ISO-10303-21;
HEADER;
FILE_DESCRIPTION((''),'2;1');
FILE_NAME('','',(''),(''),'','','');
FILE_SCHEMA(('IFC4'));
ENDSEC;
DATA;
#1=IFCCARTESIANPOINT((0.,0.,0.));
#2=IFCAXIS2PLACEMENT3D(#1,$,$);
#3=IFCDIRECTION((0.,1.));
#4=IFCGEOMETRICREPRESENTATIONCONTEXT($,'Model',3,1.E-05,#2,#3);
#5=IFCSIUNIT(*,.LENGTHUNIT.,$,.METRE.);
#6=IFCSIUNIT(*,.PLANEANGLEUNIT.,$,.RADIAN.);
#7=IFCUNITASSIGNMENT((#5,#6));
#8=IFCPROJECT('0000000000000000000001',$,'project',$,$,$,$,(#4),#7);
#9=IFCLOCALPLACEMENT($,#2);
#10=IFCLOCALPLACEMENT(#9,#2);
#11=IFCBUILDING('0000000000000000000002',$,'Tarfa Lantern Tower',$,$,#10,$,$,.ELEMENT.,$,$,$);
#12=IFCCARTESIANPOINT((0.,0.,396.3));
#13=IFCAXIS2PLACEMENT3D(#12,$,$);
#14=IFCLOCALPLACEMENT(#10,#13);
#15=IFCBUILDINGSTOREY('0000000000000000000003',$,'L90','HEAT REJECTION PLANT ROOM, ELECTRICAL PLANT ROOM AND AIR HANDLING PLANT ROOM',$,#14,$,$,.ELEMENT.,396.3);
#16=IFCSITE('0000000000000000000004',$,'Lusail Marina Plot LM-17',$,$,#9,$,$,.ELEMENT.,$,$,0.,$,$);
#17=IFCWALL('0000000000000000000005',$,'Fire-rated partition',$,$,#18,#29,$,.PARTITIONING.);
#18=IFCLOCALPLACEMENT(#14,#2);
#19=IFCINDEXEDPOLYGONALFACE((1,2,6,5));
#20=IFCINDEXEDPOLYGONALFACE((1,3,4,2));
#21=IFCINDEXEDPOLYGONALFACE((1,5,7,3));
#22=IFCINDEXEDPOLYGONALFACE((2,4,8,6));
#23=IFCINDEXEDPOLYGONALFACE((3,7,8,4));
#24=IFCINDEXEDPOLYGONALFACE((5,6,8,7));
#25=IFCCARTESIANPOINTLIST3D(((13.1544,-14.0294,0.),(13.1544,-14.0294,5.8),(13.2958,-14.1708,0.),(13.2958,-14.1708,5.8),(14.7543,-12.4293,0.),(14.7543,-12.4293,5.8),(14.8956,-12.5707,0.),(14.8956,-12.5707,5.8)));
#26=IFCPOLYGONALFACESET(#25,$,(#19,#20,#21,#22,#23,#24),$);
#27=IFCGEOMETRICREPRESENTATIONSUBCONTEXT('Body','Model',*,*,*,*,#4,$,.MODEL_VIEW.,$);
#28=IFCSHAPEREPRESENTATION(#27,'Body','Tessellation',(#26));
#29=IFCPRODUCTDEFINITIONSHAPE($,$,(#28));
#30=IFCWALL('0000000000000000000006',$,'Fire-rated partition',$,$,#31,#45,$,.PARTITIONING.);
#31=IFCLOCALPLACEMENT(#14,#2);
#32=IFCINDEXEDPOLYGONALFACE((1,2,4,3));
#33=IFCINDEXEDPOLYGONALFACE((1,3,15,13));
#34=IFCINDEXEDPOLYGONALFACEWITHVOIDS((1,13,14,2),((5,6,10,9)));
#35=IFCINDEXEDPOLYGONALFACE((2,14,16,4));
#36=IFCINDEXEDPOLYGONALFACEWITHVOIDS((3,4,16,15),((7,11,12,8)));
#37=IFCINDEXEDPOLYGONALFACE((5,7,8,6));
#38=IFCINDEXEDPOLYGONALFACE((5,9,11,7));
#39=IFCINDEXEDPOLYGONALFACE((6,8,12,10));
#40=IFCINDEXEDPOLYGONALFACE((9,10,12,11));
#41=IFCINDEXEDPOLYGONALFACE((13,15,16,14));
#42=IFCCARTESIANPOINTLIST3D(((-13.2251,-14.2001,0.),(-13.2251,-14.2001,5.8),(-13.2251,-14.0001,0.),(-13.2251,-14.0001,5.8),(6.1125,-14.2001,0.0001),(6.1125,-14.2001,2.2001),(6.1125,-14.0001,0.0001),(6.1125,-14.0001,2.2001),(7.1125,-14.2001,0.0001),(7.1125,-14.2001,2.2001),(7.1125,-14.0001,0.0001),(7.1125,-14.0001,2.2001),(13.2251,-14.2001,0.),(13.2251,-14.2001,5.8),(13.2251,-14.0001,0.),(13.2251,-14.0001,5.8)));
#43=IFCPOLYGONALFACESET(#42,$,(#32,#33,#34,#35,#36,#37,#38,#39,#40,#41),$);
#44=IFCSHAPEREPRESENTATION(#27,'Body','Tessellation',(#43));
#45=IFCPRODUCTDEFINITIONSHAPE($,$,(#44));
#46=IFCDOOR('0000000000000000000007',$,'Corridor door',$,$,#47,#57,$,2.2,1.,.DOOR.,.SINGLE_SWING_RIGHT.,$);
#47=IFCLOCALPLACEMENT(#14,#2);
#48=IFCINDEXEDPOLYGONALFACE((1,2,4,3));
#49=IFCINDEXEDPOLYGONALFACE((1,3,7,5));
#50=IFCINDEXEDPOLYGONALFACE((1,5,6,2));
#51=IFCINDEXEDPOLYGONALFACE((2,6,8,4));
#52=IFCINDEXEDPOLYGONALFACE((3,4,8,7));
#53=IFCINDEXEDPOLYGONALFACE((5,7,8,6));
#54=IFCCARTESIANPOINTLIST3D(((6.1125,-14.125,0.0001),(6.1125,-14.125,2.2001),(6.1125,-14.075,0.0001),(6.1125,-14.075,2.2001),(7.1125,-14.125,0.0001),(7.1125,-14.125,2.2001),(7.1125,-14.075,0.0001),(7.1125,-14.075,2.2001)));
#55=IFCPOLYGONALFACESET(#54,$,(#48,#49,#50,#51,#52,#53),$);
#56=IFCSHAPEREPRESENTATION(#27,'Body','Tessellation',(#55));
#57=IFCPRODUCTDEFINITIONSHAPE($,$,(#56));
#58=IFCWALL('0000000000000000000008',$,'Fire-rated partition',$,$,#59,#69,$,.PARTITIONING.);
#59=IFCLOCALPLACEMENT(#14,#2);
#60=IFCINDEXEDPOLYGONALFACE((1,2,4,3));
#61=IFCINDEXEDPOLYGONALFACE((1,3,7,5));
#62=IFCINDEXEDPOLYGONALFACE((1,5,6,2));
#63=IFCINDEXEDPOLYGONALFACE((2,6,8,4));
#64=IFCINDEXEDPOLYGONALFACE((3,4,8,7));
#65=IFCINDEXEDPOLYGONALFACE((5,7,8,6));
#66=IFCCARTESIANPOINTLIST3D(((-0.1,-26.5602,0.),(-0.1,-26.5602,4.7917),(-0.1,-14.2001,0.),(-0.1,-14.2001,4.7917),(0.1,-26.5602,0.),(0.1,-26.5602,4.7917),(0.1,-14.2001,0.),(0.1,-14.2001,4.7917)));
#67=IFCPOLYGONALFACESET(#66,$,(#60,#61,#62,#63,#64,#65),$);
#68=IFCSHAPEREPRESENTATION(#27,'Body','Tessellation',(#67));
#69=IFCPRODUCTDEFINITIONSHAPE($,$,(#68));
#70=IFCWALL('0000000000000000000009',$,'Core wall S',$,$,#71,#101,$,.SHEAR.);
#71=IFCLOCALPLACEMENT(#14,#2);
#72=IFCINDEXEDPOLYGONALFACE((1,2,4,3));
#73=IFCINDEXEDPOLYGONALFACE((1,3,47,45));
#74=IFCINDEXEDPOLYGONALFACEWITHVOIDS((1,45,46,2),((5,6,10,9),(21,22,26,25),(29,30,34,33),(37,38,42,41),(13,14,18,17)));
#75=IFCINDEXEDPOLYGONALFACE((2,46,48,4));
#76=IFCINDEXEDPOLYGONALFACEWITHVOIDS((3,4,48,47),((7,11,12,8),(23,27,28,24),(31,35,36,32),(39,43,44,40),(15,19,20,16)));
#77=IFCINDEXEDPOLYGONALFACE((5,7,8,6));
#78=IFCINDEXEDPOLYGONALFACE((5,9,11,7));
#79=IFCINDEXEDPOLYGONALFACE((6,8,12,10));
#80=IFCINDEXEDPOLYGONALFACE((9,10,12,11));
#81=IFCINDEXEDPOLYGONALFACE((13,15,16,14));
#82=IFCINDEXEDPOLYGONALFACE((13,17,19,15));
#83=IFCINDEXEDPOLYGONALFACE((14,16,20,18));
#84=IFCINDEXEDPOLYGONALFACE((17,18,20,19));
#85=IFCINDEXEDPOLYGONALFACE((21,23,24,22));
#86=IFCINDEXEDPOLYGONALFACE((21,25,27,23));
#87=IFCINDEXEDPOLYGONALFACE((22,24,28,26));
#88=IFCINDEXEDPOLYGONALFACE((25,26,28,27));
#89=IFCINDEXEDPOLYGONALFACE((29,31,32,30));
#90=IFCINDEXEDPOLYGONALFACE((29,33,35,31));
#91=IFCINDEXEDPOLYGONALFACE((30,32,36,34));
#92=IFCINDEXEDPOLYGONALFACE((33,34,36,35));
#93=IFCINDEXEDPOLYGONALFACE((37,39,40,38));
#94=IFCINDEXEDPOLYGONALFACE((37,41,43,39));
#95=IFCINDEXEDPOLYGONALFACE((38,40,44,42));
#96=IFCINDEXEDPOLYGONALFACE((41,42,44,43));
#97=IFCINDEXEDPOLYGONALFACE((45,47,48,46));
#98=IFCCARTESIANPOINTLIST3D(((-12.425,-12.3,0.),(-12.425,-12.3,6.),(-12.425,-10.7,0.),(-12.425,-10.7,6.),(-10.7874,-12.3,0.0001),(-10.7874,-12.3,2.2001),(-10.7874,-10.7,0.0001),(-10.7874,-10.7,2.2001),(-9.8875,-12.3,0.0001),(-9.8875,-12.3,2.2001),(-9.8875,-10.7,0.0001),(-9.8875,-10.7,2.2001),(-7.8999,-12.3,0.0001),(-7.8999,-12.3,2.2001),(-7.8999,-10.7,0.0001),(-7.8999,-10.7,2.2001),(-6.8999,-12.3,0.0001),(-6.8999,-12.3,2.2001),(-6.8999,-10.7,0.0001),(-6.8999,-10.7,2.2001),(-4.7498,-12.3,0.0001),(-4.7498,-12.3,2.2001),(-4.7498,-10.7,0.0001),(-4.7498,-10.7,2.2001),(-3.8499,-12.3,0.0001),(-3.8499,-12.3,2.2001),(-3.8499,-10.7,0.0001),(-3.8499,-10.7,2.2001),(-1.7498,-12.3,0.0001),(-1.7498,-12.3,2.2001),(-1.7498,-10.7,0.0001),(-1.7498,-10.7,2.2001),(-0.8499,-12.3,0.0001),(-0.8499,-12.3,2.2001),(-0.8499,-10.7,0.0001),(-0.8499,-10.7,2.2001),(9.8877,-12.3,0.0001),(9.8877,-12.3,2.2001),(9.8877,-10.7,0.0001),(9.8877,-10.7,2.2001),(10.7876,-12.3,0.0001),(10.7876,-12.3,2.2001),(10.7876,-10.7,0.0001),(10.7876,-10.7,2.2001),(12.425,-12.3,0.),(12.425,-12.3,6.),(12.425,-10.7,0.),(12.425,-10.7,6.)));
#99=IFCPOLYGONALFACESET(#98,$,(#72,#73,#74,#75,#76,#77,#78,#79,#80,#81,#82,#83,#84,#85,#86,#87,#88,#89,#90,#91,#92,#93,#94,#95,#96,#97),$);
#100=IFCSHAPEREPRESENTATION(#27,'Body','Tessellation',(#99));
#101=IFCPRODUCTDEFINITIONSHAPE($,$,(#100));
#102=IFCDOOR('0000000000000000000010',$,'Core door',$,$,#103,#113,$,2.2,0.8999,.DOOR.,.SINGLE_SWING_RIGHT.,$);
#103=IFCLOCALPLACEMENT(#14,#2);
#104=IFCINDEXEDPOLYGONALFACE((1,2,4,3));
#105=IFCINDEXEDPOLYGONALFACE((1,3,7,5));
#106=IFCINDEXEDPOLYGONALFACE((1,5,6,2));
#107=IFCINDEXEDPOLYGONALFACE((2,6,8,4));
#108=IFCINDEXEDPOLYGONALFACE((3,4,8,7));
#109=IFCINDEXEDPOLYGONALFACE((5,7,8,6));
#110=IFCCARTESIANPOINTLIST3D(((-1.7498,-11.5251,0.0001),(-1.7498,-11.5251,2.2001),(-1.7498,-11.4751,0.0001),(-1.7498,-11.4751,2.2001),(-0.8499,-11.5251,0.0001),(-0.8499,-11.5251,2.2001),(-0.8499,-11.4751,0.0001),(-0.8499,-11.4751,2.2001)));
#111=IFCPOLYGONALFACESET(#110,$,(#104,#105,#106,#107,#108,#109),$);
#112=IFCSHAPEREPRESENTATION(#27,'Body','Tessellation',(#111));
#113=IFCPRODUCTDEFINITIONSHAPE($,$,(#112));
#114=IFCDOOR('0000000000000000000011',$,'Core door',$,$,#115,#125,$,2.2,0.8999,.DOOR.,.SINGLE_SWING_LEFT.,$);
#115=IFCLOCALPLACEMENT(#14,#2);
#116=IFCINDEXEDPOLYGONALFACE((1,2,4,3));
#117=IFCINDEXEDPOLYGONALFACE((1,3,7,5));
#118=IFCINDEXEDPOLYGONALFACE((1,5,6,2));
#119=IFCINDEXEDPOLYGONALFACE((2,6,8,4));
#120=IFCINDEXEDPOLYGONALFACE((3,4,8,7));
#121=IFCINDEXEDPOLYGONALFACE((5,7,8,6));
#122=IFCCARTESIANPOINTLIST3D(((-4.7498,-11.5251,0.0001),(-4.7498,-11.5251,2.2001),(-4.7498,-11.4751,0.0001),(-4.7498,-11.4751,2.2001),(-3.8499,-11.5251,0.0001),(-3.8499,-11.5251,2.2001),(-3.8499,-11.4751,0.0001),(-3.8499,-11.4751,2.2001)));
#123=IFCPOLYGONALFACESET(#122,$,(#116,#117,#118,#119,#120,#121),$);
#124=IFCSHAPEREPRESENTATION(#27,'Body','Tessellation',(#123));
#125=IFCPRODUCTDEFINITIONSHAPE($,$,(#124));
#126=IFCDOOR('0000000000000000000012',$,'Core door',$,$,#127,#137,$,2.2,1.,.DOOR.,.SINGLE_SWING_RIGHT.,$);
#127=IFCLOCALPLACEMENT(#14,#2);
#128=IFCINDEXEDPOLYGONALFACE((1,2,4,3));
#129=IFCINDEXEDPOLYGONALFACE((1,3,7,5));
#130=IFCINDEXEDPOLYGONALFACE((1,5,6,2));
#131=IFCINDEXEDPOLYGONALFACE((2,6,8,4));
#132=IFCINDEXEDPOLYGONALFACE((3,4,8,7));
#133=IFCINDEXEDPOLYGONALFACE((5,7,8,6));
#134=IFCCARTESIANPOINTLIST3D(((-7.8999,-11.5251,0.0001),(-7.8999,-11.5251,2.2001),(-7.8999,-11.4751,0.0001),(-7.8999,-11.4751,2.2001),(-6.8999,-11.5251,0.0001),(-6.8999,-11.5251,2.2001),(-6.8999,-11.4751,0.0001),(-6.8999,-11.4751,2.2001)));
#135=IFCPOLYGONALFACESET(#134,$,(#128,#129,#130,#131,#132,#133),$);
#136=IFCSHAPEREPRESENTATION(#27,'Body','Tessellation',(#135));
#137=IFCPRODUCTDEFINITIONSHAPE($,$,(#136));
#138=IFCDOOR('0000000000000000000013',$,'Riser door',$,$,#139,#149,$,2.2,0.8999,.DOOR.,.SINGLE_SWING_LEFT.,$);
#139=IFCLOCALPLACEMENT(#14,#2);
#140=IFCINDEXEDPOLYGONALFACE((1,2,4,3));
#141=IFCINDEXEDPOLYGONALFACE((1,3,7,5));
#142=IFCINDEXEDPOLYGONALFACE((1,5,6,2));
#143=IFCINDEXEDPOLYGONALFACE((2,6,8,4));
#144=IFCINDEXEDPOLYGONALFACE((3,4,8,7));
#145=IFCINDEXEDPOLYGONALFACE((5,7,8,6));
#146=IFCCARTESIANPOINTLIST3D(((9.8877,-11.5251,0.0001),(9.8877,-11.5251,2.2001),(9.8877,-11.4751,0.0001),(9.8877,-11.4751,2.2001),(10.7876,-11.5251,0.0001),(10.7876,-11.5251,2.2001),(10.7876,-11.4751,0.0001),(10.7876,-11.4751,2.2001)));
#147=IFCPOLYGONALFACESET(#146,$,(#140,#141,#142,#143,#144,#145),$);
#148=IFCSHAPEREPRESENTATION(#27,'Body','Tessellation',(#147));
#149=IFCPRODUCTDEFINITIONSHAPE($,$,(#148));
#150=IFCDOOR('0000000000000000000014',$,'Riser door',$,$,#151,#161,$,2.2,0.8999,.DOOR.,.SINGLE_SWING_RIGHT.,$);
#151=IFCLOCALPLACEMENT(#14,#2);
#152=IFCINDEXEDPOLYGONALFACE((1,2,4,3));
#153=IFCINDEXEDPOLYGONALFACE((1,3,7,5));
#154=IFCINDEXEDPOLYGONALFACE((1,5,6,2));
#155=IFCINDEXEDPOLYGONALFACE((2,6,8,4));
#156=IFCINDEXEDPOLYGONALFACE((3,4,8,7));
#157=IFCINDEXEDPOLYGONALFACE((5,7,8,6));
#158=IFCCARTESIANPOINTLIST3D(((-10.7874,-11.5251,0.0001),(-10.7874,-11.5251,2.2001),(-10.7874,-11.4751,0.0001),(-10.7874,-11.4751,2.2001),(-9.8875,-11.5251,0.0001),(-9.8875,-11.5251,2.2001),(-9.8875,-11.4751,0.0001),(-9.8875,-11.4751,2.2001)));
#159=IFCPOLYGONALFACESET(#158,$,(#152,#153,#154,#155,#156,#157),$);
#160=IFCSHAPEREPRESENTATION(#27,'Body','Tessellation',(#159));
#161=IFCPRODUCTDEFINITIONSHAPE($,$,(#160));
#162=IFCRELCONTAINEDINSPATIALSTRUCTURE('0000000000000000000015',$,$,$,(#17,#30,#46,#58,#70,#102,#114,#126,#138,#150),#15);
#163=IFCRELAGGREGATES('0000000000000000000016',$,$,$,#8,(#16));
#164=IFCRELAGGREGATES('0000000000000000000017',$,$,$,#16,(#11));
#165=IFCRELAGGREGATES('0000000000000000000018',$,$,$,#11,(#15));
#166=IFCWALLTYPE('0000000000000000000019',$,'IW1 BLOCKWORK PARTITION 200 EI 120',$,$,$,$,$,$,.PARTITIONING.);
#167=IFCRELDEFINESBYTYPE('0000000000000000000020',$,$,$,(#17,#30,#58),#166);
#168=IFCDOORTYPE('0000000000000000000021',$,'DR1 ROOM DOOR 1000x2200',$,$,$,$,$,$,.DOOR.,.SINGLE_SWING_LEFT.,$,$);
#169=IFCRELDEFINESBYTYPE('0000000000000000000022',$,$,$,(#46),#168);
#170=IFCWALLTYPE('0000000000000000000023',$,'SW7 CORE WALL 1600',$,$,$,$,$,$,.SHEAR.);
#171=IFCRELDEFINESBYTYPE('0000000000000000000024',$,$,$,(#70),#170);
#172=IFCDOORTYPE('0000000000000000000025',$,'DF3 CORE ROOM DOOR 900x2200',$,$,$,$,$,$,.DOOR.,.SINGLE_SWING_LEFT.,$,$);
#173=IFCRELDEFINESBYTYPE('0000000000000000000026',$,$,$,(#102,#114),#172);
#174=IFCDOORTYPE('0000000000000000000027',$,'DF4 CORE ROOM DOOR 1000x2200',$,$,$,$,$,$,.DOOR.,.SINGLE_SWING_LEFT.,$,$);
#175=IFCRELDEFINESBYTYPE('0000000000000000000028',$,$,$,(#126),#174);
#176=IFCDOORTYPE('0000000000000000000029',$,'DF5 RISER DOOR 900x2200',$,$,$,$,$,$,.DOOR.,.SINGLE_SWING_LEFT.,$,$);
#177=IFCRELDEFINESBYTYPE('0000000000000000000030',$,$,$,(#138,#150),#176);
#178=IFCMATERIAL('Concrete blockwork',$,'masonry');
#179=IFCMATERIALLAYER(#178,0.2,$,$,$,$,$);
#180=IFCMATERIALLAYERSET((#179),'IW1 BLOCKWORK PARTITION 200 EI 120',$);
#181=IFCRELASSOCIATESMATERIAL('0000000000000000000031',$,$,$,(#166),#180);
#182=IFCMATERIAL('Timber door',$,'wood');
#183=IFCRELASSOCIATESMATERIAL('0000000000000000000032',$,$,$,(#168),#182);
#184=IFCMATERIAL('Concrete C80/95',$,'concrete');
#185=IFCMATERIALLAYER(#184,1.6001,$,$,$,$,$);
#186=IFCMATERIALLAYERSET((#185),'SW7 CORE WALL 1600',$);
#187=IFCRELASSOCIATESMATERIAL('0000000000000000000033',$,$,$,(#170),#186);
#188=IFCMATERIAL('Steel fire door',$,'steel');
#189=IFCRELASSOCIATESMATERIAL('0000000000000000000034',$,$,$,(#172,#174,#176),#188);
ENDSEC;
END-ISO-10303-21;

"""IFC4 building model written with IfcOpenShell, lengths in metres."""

from ifc_helpers import new_model, si_unit, direction, frame, frame_2d, origin, place, context, subcontext, project, spatial, rectangle, extrude, material, layer, layer_set, type_object, element, fill, save


model = new_model("IFC4")

# Units and contexts
model_context = context("Model", 3, precision=1e-05, world=origin(), true_north=direction((0.0, 1.0)))
body_context = subcontext(model_context, "Body", "Model", "MODEL_VIEW")
ifc_project = project(units=[si_unit("LENGTHUNIT", "METRE"), si_unit("PLANEANGLEUNIT", "RADIAN")], contexts=[model_context])

# Site, building, storey
site_placement = place(None, origin())
site = spatial("IfcSite", under=ifc_project, at=site_placement, Name="Lusail Marina Plot LM-17", CompositionType="ELEMENT", RefElevation=0.0)
building_placement = place(site_placement, origin())
building = spatial("IfcBuilding", under=site, at=building_placement, Name="Tarfa Lantern Tower", CompositionType="ELEMENT")
storey_placement = place(building_placement, frame((0.0, 0.0, 396.3)))
storey = spatial("IfcBuildingStorey", under=building, at=storey_placement, Name="L90", Description="HEAT REJECTION PLANT ROOM, ELECTRICAL PLANT ROOM AND AIR HANDLING PLANT ROOM", CompositionType="ELEMENT", Elevation=396.3)

# Wall
ifc_material_1 = material(Name="Concrete blockwork", Category="masonry")
ifc_layer_1 = layer(ifc_material_1, 0.2)
ifc_layer_set_1 = layer_set([ifc_layer_1], Name="IW1 BLOCKWORK PARTITION 200 EI 120")
wall_type_1 = type_object("IfcWallType", Name="IW1 BLOCKWORK PARTITION 200 EI 120", PredefinedType="PARTITIONING", material=ifc_layer_set_1)
wall_1_placement = place(storey_placement, frame((14.825, -12.5, 0.0), z_axis=(0.0, 0.0, 1.0), x_axis=(-0.707053, -0.707161, 0.0)))
element("IfcWall", 1, at=wall_1_placement, inside=storey, type_object=wall_type_1, Name="Fire-rated partition", PredefinedType="PARTITIONING", context=body_context, shape_type="SweptSolid", body=[
    extrude(rectangle(XDim=2.2627, YDim=0.2, at=frame_2d((1.1313, 0.0))), origin(), (0.0, 0.0, 1.0), 5.8),
])

# Wall, opening, door
wall_2_placement = place(storey_placement, frame((13.2251, -14.1001, 0.0), z_axis=(0.0, 0.0, 1.0), x_axis=(-1.0, 0.0, 0.0)))
wall_2 = element("IfcWall", 2, at=wall_2_placement, inside=storey, type_object=wall_type_1, Name="Fire-rated partition", PredefinedType="PARTITIONING", context=body_context, shape_type="SweptSolid", body=[
    extrude(rectangle(XDim=26.4502, YDim=0.2, at=frame_2d((13.2251, 0.0))), origin(), (0.0, 0.0, 1.0), 5.8),
])
opening_1_placement = place(wall_2_placement, frame((6.1125, 0.0, 0.0)))
opening_1 = element("IfcOpeningElement", 3, at=opening_1_placement, cuts=wall_2, PredefinedType="OPENING", context=body_context, shape_type="SweptSolid", body=[
    extrude(rectangle(XDim=1.0, YDim=2.2, at=frame_2d((0.5, 1.1001))), frame((0.0, 0.1099, 0.0), z_axis=(0.0, -1.0, 0.0), x_axis=(1.0, 0.0, 0.0)), (0.0, 0.0, 1.0), 0.22),
])
ifc_material_2 = material(Name="Timber door", Category="wood")
door_type_1 = type_object("IfcDoorType", Name="DR1 ROOM DOOR 1000x2200", OperationType="SINGLE_SWING_LEFT", PredefinedType="DOOR", material=ifc_material_2)
door_1_placement = place(opening_1_placement, origin())
door_1 = element("IfcDoor", 4, at=door_1_placement, inside=storey, type_object=door_type_1, Name="Corridor door", OperationType="SINGLE_SWING_RIGHT", OverallHeight=2.2, OverallWidth=1.0, PredefinedType="DOOR", context=body_context, shape_type="SweptSolid", body=[
    extrude(rectangle(XDim=1.0, YDim=2.2, at=frame_2d((0.5, 1.1001))), frame((0.0, 0.0249, 0.0), z_axis=(0.0, -1.0, 0.0), x_axis=(1.0, 0.0, 0.0)), (0.0, 0.0, 1.0), 0.05),
])
fill(opening_1, door_1)

# Wall
wall_3_placement = place(storey_placement, frame((0.0, -14.2, 0.0), z_axis=(0.0, 0.0, 1.0), x_axis=(0.0, -1.0, 0.0)))
element("IfcWall", 5, at=wall_3_placement, inside=storey, type_object=wall_type_1, Name="Fire-rated partition", PredefinedType="PARTITIONING", context=body_context, shape_type="SweptSolid", body=[
    extrude(rectangle(XDim=12.3601, YDim=0.2, at=frame_2d((6.1802, 0.0))), origin(), (0.0, 0.0, 1.0), 4.7917),
])

# Shared definitions
ifc_material_3 = material(Name="Concrete C80/95", Category="concrete")
ifc_material_4 = material(Name="Steel fire door", Category="steel")

# Wall, openings, doors
ifc_layer_2 = layer(ifc_material_3, 1.6001)
ifc_layer_set_2 = layer_set([ifc_layer_2], Name="SW7 CORE WALL 1600")
wall_type_2 = type_object("IfcWallType", Name="SW7 CORE WALL 1600", PredefinedType="SHEAR", material=ifc_layer_set_2)
wall_4_placement = place(storey_placement, frame((12.425, -11.5, 0.0), z_axis=(0.0, 0.0, 1.0), x_axis=(-1.0, 0.0, 0.0)))
wall_4 = element("IfcWall", 6, at=wall_4_placement, inside=storey, type_object=wall_type_2, Name="Core wall S", PredefinedType="SHEAR", context=body_context, shape_type="SweptSolid", body=[
    extrude(rectangle(XDim=24.8501, YDim=1.6001, at=frame_2d((12.425, 0.0))), origin(), (0.0, 0.0, 1.0), 6.0),
])
opening_2_placement = place(wall_4_placement, frame((13.2749, 0.0, 0.0)))
opening_2 = element("IfcOpeningElement", 7, at=opening_2_placement, cuts=wall_4, PredefinedType="OPENING", context=body_context, shape_type="SweptSolid", body=[
    extrude(rectangle(XDim=0.8999, YDim=2.2, at=frame_2d((0.45, 1.1001))), frame((0.0, 0.8101, 0.0), z_axis=(0.0, -1.0, 0.0), x_axis=(1.0, 0.0, 0.0)), (0.0, 0.0, 1.0), 1.6201),
])
opening_3_placement = place(wall_4_placement, frame((16.2749, 0.0, 0.0)))
opening_3 = element("IfcOpeningElement", 8, at=opening_3_placement, cuts=wall_4, PredefinedType="OPENING", context=body_context, shape_type="SweptSolid", body=[
    extrude(rectangle(XDim=0.8999, YDim=2.2, at=frame_2d((0.45, 1.1001))), frame((0.0, 0.8101, 0.0), z_axis=(0.0, -1.0, 0.0), x_axis=(1.0, 0.0, 0.0)), (0.0, 0.0, 1.0), 1.6201),
])
opening_4_placement = place(wall_4_placement, frame((19.325, 0.0, 0.0)))
opening_4 = element("IfcOpeningElement", 9, at=opening_4_placement, cuts=wall_4, PredefinedType="OPENING", context=body_context, shape_type="SweptSolid", body=[
    extrude(rectangle(XDim=1.0, YDim=2.2, at=frame_2d((0.5, 1.1001))), frame((0.0, 0.8101, 0.0), z_axis=(0.0, -1.0, 0.0), x_axis=(1.0, 0.0, 0.0)), (0.0, 0.0, 1.0), 1.6201),
])
opening_5_placement = place(wall_4_placement, frame((1.6375, 0.0, 0.0)))
opening_5 = element("IfcOpeningElement", 10, at=opening_5_placement, cuts=wall_4, PredefinedType="OPENING", context=body_context, shape_type="SweptSolid", body=[
    extrude(rectangle(XDim=0.8999, YDim=2.2, at=frame_2d((0.45, 1.1001))), frame((0.0, 0.8101, 0.0), z_axis=(0.0, -1.0, 0.0), x_axis=(1.0, 0.0, 0.0)), (0.0, 0.0, 1.0), 1.6201),
])
opening_6_placement = place(wall_4_placement, frame((22.3125, 0.0, 0.0)))
opening_6 = element("IfcOpeningElement", 11, at=opening_6_placement, cuts=wall_4, PredefinedType="OPENING", context=body_context, shape_type="SweptSolid", body=[
    extrude(rectangle(XDim=0.8999, YDim=2.2, at=frame_2d((0.45, 1.1001))), frame((0.0, 0.8101, 0.0), z_axis=(0.0, -1.0, 0.0), x_axis=(1.0, 0.0, 0.0)), (0.0, 0.0, 1.0), 1.6201),
])
door_type_2 = type_object("IfcDoorType", Name="DF3 CORE ROOM DOOR 900x2200", OperationType="SINGLE_SWING_LEFT", PredefinedType="DOOR", material=ifc_material_4)
door_2_placement = place(opening_2_placement, frame((0.8999, 0.0, 0.0), z_axis=(0.0, 0.0, 1.0), x_axis=(-1.0, 0.0, 0.0)))
door_2 = element("IfcDoor", 12, at=door_2_placement, inside=storey, type_object=door_type_2, Name="Core door", OperationType="SINGLE_SWING_RIGHT", OverallHeight=2.2, OverallWidth=0.8999, PredefinedType="DOOR", context=body_context, shape_type="SweptSolid", body=[
    extrude(rectangle(XDim=0.8999, YDim=2.2, at=frame_2d((0.45, 1.1001))), frame((0.0, 0.0249, 0.0), z_axis=(0.0, -1.0, 0.0), x_axis=(1.0, 0.0, 0.0)), (0.0, 0.0, 1.0), 0.05),
])
fill(opening_2, door_2)
door_3_placement = place(opening_3_placement, frame((0.8999, 0.0, 0.0), z_axis=(0.0, 0.0, 1.0), x_axis=(-1.0, 0.0, 0.0)))
door_3 = element("IfcDoor", 13, at=door_3_placement, inside=storey, type_object=door_type_2, Name="Core door", OperationType="SINGLE_SWING_LEFT", OverallHeight=2.2, OverallWidth=0.8999, PredefinedType="DOOR", context=body_context, shape_type="SweptSolid", body=[
    extrude(rectangle(XDim=0.8999, YDim=2.2, at=frame_2d((0.45, 1.1001))), frame((0.0, 0.0249, 0.0), z_axis=(0.0, -1.0, 0.0), x_axis=(1.0, 0.0, 0.0)), (0.0, 0.0, 1.0), 0.05),
])
fill(opening_3, door_3)
door_type_3 = type_object("IfcDoorType", Name="DF4 CORE ROOM DOOR 1000x2200", OperationType="SINGLE_SWING_LEFT", PredefinedType="DOOR", material=ifc_material_4)
door_4_placement = place(opening_4_placement, frame((1.0, 0.0, 0.0), z_axis=(0.0, 0.0, 1.0), x_axis=(-1.0, 0.0, 0.0)))
door_4 = element("IfcDoor", 14, at=door_4_placement, inside=storey, type_object=door_type_3, Name="Core door", OperationType="SINGLE_SWING_RIGHT", OverallHeight=2.2, OverallWidth=1.0, PredefinedType="DOOR", context=body_context, shape_type="SweptSolid", body=[
    extrude(rectangle(XDim=1.0, YDim=2.2, at=frame_2d((0.5, 1.1001))), frame((0.0, 0.0249, 0.0), z_axis=(0.0, -1.0, 0.0), x_axis=(1.0, 0.0, 0.0)), (0.0, 0.0, 1.0), 0.05),
])
fill(opening_4, door_4)
door_type_4 = type_object("IfcDoorType", Name="DF5 RISER DOOR 900x2200", OperationType="SINGLE_SWING_LEFT", PredefinedType="DOOR", material=ifc_material_4)
door_5_placement = place(opening_5_placement, frame((0.8999, 0.0, 0.0), z_axis=(0.0, 0.0, 1.0), x_axis=(-1.0, 0.0, 0.0)))
door_5 = element("IfcDoor", 15, at=door_5_placement, inside=storey, type_object=door_type_4, Name="Riser door", OperationType="SINGLE_SWING_LEFT", OverallHeight=2.2, OverallWidth=0.8999, PredefinedType="DOOR", context=body_context, shape_type="SweptSolid", body=[
    extrude(rectangle(XDim=0.8999, YDim=2.2, at=frame_2d((0.45, 1.1001))), frame((0.0, 0.0249, 0.0), z_axis=(0.0, -1.0, 0.0), x_axis=(1.0, 0.0, 0.0)), (0.0, 0.0, 1.0), 0.05),
])
fill(opening_5, door_5)
door_6_placement = place(opening_6_placement, frame((0.8999, 0.0, 0.0), z_axis=(0.0, 0.0, 1.0), x_axis=(-1.0, 0.0, 0.0)))
door_6 = element("IfcDoor", 16, at=door_6_placement, inside=storey, type_object=door_type_4, Name="Riser door", OperationType="SINGLE_SWING_RIGHT", OverallHeight=2.2, OverallWidth=0.8999, PredefinedType="DOOR", context=body_context, shape_type="SweptSolid", body=[
    extrude(rectangle(XDim=0.8999, YDim=2.2, at=frame_2d((0.45, 1.1001))), frame((0.0, 0.0249, 0.0), z_axis=(0.0, -1.0, 0.0), x_axis=(1.0, 0.0, 0.0)), (0.0, 0.0, 1.0), 0.05),
])
fill(opening_6, door_6)

save(model, "model.ifc")
